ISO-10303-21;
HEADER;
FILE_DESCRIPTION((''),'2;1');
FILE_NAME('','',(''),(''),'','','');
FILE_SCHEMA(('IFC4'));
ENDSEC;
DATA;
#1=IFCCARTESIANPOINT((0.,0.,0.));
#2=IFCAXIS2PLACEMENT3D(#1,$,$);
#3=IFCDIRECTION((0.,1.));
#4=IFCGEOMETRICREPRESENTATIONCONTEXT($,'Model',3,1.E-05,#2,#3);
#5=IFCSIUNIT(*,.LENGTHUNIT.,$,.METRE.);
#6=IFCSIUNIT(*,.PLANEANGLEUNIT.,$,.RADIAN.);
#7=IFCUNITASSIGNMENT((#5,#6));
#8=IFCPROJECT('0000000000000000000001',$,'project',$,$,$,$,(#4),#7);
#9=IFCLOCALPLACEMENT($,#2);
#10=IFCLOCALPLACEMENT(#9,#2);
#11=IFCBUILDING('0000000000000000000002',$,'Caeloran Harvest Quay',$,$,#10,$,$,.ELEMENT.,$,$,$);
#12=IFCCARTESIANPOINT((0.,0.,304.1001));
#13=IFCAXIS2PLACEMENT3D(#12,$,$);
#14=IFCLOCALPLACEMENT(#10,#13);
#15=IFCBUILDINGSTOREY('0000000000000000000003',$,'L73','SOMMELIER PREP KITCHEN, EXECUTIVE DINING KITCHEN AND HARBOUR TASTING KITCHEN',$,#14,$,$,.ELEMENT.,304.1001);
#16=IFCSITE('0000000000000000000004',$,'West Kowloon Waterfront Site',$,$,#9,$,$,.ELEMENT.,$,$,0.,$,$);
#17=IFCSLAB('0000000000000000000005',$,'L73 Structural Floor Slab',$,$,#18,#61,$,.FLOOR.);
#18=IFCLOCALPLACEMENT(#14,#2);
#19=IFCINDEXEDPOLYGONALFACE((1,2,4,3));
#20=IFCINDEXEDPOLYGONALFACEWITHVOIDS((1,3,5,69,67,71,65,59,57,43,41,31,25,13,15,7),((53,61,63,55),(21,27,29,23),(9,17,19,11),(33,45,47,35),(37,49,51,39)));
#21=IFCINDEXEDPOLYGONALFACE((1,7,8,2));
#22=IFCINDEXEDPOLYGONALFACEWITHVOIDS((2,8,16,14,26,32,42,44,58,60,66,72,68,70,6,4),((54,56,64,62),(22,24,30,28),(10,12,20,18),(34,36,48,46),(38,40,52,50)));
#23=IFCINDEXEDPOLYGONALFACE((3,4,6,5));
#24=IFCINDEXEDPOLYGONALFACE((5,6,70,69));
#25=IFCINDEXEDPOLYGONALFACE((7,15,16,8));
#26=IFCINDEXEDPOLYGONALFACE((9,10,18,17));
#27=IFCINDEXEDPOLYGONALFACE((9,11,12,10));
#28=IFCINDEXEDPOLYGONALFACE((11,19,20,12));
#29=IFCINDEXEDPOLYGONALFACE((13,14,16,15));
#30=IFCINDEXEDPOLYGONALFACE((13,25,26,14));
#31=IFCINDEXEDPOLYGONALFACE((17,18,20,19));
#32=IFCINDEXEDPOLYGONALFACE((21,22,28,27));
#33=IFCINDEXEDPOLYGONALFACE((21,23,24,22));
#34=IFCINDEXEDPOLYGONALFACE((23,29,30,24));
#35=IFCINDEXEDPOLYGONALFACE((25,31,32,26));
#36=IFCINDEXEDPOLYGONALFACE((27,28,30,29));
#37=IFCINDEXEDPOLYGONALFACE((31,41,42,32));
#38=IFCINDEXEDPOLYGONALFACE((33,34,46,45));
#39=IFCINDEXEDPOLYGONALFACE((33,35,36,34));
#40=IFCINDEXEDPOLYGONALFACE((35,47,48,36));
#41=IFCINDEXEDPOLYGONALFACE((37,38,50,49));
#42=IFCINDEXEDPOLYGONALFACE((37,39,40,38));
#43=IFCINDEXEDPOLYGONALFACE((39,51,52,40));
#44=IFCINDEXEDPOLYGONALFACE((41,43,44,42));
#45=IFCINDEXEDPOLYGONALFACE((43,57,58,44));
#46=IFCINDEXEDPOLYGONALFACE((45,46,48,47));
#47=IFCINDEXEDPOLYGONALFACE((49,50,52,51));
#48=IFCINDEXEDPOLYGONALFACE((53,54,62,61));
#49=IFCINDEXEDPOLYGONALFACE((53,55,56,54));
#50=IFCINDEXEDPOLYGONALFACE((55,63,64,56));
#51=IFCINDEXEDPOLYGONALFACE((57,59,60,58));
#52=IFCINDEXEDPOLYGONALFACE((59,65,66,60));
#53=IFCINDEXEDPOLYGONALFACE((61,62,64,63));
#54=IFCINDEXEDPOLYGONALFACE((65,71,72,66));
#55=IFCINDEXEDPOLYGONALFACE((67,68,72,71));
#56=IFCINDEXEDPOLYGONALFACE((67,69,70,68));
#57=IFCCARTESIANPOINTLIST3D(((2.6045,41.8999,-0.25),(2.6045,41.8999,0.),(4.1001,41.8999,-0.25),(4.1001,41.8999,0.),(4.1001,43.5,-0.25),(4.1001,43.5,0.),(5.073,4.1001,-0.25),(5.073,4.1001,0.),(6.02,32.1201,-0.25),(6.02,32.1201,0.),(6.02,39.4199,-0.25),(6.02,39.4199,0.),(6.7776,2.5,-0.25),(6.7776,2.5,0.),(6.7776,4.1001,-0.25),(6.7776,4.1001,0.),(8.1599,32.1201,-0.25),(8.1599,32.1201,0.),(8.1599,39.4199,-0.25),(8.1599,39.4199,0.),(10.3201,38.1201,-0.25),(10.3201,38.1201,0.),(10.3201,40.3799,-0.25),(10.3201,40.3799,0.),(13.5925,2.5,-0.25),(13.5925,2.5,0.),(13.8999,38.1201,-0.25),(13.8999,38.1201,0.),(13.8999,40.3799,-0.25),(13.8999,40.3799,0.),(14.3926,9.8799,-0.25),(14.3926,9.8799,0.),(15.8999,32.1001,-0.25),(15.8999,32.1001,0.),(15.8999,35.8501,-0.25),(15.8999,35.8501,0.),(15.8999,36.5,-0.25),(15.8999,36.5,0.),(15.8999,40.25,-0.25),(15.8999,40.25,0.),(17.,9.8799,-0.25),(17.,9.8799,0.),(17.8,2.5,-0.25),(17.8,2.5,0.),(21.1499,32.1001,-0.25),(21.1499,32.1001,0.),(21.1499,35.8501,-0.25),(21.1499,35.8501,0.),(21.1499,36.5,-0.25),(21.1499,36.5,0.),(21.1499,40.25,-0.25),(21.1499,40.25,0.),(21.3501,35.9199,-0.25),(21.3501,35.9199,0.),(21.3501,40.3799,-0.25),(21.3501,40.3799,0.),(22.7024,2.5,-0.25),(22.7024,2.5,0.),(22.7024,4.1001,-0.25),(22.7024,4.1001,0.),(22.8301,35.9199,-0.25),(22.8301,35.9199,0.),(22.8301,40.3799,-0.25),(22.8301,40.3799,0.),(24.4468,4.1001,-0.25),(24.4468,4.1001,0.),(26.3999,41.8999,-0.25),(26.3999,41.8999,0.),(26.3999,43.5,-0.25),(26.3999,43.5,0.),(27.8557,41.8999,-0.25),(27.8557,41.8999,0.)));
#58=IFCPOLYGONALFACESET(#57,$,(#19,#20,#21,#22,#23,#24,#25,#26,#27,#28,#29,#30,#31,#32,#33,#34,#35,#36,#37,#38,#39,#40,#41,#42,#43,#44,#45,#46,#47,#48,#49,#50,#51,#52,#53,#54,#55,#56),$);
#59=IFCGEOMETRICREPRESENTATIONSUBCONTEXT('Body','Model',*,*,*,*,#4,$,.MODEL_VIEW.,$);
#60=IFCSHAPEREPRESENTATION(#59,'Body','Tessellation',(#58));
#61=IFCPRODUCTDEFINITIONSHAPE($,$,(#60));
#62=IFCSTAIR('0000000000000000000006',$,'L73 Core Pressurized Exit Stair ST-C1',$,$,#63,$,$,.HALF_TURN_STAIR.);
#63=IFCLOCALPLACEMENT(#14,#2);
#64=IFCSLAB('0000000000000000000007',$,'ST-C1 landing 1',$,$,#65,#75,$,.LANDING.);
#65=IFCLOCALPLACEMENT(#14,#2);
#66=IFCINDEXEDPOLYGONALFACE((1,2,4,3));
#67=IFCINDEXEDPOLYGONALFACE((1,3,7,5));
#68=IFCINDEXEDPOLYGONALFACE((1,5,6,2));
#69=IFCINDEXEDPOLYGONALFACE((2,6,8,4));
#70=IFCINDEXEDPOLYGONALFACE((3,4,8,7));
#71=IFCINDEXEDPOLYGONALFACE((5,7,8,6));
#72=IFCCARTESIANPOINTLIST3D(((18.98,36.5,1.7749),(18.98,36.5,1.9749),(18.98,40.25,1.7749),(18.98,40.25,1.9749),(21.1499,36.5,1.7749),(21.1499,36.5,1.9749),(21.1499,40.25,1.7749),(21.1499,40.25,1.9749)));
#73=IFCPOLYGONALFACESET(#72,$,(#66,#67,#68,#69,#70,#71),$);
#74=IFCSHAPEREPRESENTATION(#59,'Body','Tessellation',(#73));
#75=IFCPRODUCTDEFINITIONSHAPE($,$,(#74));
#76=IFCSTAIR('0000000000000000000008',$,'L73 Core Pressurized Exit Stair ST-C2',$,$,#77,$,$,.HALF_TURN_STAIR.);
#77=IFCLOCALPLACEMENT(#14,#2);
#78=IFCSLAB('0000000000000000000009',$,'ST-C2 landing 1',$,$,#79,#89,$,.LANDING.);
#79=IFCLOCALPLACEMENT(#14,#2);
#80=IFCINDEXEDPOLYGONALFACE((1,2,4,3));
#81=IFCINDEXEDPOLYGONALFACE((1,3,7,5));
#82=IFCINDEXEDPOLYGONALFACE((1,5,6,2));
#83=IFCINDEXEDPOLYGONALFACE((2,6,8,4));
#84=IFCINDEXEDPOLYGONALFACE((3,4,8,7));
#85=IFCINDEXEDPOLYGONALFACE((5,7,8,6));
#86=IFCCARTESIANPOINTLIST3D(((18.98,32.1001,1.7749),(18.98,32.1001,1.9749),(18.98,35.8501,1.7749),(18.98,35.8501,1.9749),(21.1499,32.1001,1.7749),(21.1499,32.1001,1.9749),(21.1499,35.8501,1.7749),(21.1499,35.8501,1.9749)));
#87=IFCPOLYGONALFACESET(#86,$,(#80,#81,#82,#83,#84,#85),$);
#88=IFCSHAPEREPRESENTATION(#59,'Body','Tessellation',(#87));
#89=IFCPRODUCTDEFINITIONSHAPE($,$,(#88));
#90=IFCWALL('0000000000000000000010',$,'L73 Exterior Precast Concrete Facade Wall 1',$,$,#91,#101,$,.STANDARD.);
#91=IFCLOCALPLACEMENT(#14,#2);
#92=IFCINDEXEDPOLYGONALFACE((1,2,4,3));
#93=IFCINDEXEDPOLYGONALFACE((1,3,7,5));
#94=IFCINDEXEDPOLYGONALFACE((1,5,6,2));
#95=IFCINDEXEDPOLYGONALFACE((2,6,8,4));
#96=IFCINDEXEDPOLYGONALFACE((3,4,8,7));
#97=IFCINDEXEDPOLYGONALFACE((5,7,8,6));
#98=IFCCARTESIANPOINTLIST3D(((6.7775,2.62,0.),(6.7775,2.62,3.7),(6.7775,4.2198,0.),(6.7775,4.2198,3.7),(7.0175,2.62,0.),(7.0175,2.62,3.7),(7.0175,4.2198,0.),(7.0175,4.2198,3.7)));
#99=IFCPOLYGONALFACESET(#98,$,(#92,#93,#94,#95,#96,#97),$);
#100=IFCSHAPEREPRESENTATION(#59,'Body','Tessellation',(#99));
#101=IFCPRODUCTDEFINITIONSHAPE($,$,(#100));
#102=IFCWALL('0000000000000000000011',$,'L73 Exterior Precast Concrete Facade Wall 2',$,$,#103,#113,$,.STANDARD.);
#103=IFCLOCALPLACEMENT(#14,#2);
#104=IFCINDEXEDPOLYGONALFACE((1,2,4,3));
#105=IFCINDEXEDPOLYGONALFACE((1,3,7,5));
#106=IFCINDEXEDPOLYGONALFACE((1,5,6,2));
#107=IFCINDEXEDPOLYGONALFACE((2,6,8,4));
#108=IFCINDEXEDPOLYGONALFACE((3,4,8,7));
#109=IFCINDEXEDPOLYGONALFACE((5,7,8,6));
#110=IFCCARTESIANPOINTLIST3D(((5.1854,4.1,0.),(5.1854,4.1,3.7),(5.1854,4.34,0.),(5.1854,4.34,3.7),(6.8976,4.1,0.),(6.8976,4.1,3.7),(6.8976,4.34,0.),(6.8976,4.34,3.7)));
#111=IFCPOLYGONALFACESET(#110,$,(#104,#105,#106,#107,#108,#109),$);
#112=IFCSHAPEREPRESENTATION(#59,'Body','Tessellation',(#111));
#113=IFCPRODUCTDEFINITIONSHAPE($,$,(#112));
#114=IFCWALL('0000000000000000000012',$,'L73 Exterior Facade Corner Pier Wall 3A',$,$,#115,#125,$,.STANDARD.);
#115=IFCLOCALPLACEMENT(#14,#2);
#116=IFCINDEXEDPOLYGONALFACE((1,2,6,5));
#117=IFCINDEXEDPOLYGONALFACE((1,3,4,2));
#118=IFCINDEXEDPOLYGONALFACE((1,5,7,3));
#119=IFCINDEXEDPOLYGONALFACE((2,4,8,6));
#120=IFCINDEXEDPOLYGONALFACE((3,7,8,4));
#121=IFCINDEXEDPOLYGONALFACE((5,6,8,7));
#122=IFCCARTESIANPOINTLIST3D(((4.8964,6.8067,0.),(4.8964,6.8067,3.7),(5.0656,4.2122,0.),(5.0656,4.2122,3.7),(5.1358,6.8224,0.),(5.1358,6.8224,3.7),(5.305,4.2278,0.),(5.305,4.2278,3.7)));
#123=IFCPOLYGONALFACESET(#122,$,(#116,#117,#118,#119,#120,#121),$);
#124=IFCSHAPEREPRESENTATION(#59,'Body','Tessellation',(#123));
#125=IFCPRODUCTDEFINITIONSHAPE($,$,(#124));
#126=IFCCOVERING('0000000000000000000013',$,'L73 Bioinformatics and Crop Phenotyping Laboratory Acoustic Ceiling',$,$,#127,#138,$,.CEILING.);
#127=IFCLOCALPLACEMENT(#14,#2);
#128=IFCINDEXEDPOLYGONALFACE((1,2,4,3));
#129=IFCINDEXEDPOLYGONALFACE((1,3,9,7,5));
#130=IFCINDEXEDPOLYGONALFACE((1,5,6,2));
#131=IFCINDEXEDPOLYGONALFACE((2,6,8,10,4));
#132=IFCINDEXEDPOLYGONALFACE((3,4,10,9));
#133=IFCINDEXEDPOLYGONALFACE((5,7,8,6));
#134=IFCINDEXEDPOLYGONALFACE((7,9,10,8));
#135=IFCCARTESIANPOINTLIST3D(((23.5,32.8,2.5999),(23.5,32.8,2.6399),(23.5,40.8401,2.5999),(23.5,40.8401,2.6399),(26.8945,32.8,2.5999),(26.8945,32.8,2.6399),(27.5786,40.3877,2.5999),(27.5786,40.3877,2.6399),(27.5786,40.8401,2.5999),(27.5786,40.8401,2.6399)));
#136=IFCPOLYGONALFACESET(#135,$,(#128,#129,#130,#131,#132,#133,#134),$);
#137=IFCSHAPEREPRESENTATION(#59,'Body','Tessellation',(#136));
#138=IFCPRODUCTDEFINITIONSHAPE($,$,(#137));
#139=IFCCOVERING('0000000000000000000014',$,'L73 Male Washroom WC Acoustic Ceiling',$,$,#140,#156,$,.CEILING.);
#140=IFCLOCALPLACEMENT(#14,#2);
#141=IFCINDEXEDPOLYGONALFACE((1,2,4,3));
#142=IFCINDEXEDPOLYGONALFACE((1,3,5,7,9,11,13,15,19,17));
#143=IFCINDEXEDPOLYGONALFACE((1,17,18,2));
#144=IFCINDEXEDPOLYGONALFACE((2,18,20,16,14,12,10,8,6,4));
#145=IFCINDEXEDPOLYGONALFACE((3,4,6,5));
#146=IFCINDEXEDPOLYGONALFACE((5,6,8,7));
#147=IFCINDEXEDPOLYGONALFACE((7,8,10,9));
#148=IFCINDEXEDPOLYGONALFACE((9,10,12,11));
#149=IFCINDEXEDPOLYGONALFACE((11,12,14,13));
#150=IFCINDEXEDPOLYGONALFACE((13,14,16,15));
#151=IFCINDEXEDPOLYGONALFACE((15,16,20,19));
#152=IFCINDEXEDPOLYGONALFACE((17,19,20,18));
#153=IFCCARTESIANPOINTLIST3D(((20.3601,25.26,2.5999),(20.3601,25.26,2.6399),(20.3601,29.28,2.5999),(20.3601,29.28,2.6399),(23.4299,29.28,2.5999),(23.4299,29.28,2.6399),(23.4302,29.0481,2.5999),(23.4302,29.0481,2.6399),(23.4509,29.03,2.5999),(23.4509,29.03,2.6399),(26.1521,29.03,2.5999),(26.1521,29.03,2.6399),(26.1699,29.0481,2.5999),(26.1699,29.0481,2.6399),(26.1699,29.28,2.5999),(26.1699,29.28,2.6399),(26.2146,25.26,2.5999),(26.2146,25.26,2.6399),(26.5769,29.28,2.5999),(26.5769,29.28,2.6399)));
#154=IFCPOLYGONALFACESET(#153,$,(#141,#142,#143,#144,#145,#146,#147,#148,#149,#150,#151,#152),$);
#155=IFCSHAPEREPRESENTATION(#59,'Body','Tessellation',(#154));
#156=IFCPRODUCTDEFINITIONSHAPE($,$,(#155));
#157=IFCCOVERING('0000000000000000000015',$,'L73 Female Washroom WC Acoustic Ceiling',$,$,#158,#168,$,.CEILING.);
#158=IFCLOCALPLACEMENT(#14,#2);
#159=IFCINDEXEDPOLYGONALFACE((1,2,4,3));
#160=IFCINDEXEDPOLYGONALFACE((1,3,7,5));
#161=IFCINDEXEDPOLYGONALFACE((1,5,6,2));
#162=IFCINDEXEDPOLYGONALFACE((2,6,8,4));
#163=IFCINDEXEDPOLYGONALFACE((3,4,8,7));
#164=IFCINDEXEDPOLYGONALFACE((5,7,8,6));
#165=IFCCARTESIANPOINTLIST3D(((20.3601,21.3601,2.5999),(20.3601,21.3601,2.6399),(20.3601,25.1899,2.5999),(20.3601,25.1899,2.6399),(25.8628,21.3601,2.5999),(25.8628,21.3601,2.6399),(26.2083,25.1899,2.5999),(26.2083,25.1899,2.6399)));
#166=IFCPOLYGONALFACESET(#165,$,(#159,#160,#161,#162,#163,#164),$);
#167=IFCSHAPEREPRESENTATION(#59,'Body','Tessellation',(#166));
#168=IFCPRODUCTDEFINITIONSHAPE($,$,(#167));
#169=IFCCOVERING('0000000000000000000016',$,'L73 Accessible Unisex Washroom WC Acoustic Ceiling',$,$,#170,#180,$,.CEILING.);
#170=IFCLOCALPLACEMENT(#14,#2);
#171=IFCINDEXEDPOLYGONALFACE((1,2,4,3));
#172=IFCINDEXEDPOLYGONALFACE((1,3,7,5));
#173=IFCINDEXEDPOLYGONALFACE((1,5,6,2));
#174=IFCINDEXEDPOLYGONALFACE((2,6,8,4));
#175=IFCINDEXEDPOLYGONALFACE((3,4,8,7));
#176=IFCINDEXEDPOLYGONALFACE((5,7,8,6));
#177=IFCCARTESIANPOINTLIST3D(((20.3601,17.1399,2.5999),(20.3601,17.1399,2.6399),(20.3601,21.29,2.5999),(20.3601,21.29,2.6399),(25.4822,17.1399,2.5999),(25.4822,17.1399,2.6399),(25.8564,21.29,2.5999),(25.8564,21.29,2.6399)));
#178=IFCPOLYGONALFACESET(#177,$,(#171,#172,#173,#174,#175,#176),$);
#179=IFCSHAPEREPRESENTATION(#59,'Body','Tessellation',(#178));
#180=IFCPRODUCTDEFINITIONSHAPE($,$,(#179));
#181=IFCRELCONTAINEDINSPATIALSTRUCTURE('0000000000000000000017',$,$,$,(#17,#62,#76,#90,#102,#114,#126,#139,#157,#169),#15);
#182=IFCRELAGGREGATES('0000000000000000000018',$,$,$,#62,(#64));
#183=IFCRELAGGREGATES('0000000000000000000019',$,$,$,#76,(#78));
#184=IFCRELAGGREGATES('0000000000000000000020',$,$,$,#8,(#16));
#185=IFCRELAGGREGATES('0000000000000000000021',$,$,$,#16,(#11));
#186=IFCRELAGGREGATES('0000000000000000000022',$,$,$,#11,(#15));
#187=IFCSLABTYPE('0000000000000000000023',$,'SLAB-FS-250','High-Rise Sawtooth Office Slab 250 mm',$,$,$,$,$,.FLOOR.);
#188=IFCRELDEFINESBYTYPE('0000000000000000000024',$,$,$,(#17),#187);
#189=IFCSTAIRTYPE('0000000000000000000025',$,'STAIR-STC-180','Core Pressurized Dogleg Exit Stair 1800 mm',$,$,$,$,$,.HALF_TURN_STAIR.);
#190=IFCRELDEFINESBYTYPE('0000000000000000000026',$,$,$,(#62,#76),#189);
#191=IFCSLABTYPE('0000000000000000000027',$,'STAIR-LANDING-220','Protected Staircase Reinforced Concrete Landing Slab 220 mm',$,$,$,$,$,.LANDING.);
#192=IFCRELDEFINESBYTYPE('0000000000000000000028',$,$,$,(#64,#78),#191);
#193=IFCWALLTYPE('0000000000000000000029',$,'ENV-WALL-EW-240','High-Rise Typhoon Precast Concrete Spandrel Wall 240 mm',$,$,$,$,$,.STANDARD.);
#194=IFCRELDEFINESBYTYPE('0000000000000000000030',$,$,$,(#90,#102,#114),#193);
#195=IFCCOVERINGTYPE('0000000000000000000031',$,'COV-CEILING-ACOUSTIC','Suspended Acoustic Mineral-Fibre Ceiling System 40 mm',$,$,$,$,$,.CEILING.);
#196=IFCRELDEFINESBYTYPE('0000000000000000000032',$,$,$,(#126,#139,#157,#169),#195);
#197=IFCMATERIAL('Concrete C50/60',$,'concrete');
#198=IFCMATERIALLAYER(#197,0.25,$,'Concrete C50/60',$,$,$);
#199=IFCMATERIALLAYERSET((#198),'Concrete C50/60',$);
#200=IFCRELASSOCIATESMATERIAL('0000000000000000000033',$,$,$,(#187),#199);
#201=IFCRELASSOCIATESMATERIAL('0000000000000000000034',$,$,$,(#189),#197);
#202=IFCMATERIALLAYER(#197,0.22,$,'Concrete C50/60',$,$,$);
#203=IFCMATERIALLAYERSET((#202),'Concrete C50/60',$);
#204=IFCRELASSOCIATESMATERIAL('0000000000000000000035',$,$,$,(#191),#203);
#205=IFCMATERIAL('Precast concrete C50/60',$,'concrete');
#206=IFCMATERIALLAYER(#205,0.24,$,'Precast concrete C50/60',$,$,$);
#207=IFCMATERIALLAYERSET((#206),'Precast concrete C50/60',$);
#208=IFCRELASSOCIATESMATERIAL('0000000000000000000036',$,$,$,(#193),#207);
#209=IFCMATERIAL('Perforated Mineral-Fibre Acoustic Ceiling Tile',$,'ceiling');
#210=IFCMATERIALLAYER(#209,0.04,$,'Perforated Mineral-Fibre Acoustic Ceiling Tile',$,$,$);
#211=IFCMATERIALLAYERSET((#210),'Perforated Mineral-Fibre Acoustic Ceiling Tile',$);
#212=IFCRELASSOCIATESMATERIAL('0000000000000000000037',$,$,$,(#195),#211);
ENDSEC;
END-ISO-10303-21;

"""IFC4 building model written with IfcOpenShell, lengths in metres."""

from ifc_helpers import new_model, si_unit, direction, frame, frame_2d, origin, place, context, subcontext, project, spatial, polyline, rectangle, outline, extrude, material, layer, layer_set, type_object, element, aggregate, save


model = new_model("IFC4")

# Units and contexts
model_context = context("Model", 3, precision=1e-05, world=origin(), true_north=direction((0.0, 1.0)))
body_context = subcontext(model_context, "Body", "Model", "MODEL_VIEW")
ifc_project = project(units=[si_unit("LENGTHUNIT", "METRE"), si_unit("PLANEANGLEUNIT", "RADIAN")], contexts=[model_context])

# Site, building, storey
site_placement = place(None, origin())
site = spatial("IfcSite", under=ifc_project, at=site_placement, Name="West Kowloon Waterfront Site", CompositionType="ELEMENT", RefElevation=0.0)
building_placement = place(site_placement, origin())
building = spatial("IfcBuilding", under=site, at=building_placement, Name="Caeloran Harvest Quay", CompositionType="ELEMENT")
storey_placement = place(building_placement, frame((0.0, 0.0, 304.1001)))
storey = spatial("IfcBuildingStorey", under=building, at=storey_placement, Name="L73", Description="SOMMELIER PREP KITCHEN, EXECUTIVE DINING KITCHEN AND HARBOUR TASTING KITCHEN", CompositionType="ELEMENT", Elevation=304.1001)

# Slab
ifc_material_1 = material(Name="Concrete C50/60", Category="concrete")
ifc_layer_1 = layer(ifc_material_1, 0.25, Name="Concrete C50/60")
ifc_layer_set_1 = layer_set([ifc_layer_1], Name="Concrete C50/60")
slab_type_1 = type_object("IfcSlabType", Name="SLAB-FS-250", Description="High-Rise Sawtooth Office Slab 250 mm", PredefinedType="FLOOR", material=ifc_layer_set_1)
slab_1_placement = place(storey_placement, frame((0.0, 0.0, -0.25)))
element("IfcSlab", 1, at=slab_1_placement, inside=storey, type_object=slab_type_1, Name="L73 Structural Floor Slab", PredefinedType="FLOOR", context=body_context, shape_type="SweptSolid", body=[
    extrude(outline(polyline([(6.7776, 2.5), (13.5925, 2.5), (14.3926, 9.8799), (17.0, 9.8799), (17.8, 2.5), (22.7024, 2.5), (22.7024, 4.1001), (24.4468, 4.1001), (27.8557, 41.8999), (26.3999, 41.8999), (26.3999, 43.5), (4.1001, 43.5), (4.1001, 41.8999), (2.6045, 41.8999), (5.073, 4.1001), (6.7776, 4.1001), (6.7776, 2.5)]), holes=[polyline([(21.1499, 32.1001), (15.8999, 32.1001), (15.8999, 35.8501), (21.1499, 35.8501), (21.1499, 32.1001)]), polyline([(8.1599, 39.4199), (8.1599, 32.1201), (6.02, 32.1201), (6.02, 39.4199), (8.1599, 39.4199)]), polyline([(22.8301, 40.3799), (22.8301, 35.9199), (21.3501, 35.9199), (21.3501, 40.3799), (22.8301, 40.3799)]), polyline([(15.8999, 36.5), (15.8999, 40.25), (21.1499, 40.25), (21.1499, 36.5), (15.8999, 36.5)]), polyline([(13.8999, 38.1201), (10.3201, 38.1201), (10.3201, 40.3799), (13.8999, 40.3799), (13.8999, 38.1201)])]), origin(), (0.0, 0.0, 1.0), 0.25),
])

# Stairs, slabs
stair_type = type_object("IfcStairType", Name="STAIR-STC-180", Description="Core Pressurized Dogleg Exit Stair 1800 mm", PredefinedType="HALF_TURN_STAIR", material=ifc_material_1)
stair_1_placement = place(storey_placement, origin())
stair_1 = element("IfcStair", 2, at=stair_1_placement, inside=storey, type_object=stair_type, Name="L73 Core Pressurized Exit Stair ST-C1", PredefinedType="HALF_TURN_STAIR")
ifc_layer_2 = layer(ifc_material_1, 0.22, Name="Concrete C50/60")
ifc_layer_set_2 = layer_set([ifc_layer_2], Name="Concrete C50/60")
slab_type_2 = type_object("IfcSlabType", Name="STAIR-LANDING-220", Description="Protected Staircase Reinforced Concrete Landing Slab 220 mm", PredefinedType="LANDING", material=ifc_layer_set_2)
slab_2_placement = place(storey_placement, frame((0.0, 0.0, 1.7749)))
slab_2 = element("IfcSlab", 3, at=slab_2_placement, type_object=slab_type_2, Name="ST-C1 landing 1", PredefinedType="LANDING", context=body_context, shape_type="SweptSolid", body=[
    extrude(outline(polyline([(18.98, 36.5), (21.1499, 36.5), (21.1499, 40.25), (18.98, 40.25), (18.98, 36.5)])), origin(), (0.0, 0.0, 1.0), 0.2),
])
aggregate(stair_1, [slab_2])
stair_2_placement = place(storey_placement, origin())
stair_2 = element("IfcStair", 4, at=stair_2_placement, inside=storey, type_object=stair_type, Name="L73 Core Pressurized Exit Stair ST-C2", PredefinedType="HALF_TURN_STAIR")
slab_3_placement = place(storey_placement, frame((0.0, 0.0, 1.7749)))
slab_3 = element("IfcSlab", 5, at=slab_3_placement, type_object=slab_type_2, Name="ST-C2 landing 1", PredefinedType="LANDING", context=body_context, shape_type="SweptSolid", body=[
    extrude(outline(polyline([(18.98, 32.1001), (21.1499, 32.1001), (21.1499, 35.8501), (18.98, 35.8501), (18.98, 32.1001)])), origin(), (0.0, 0.0, 1.0), 0.2),
])
aggregate(stair_2, [slab_3])

# Walls
ifc_material_2 = material(Name="Precast concrete C50/60", Category="concrete")
ifc_layer_3 = layer(ifc_material_2, 0.24, Name="Precast concrete C50/60")
ifc_layer_set_3 = layer_set([ifc_layer_3], Name="Precast concrete C50/60")
wall_type = type_object("IfcWallType", Name="ENV-WALL-EW-240", Description="High-Rise Typhoon Precast Concrete Spandrel Wall 240 mm", PredefinedType="STANDARD", material=ifc_layer_set_3)
wall_1_placement = place(storey_placement, frame((6.8975, 2.6201, 0.0), z_axis=(0.0, 0.0, 1.0), x_axis=(0.0, 1.0, 0.0)))
element("IfcWall", 6, at=wall_1_placement, inside=storey, type_object=wall_type, Name="L73 Exterior Precast Concrete Facade Wall 1", PredefinedType="STANDARD", context=body_context, shape_type="SweptSolid", body=[
    extrude(rectangle(XDim=1.5999, YDim=0.24, at=frame_2d((0.7998, 0.0))), origin(), (0.0, 0.0, 1.0), 3.7),
])
wall_2_placement = place(storey_placement, frame((6.8975, 4.22, 0.0), z_axis=(0.0, 0.0, 1.0), x_axis=(-1.0, 0.0, 0.0)))
element("IfcWall", 7, at=wall_2_placement, inside=storey, type_object=wall_type, Name="L73 Exterior Precast Concrete Facade Wall 2", PredefinedType="STANDARD", context=body_context, shape_type="SweptSolid", body=[
    extrude(rectangle(XDim=1.7122, YDim=0.24, at=frame_2d((0.856, 0.0))), origin(), (0.0, 0.0, 1.0), 3.7),
])
wall_3_placement = place(storey_placement, frame((5.1853, 4.22, 0.0), z_axis=(0.0, 0.0, 1.0), x_axis=(-0.065073, 0.997881, 0.0)))
element("IfcWall", 8, at=wall_3_placement, inside=storey, type_object=wall_type, Name="L73 Exterior Facade Corner Pier Wall 3A", PredefinedType="STANDARD", context=body_context, shape_type="SweptSolid", body=[
    extrude(rectangle(XDim=2.6001, YDim=0.24, at=frame_2d((1.3, 0.0))), origin(), (0.0, 0.0, 1.0), 3.7),
])

# Coverings
ifc_material_3 = material(Name="Perforated Mineral-Fibre Acoustic Ceiling Tile", Category="ceiling")
ifc_layer_4 = layer(ifc_material_3, 0.04, Name="Perforated Mineral-Fibre Acoustic Ceiling Tile")
ifc_layer_set_4 = layer_set([ifc_layer_4], Name="Perforated Mineral-Fibre Acoustic Ceiling Tile")
covering_type_1 = type_object("IfcCoveringType", Name="COV-CEILING-ACOUSTIC", Description="Suspended Acoustic Mineral-Fibre Ceiling System 40 mm", PredefinedType="CEILING", material=ifc_layer_set_4)
covering_1_placement = place(storey_placement, frame((0.0, 0.0, 2.5999)))
element("IfcCovering", 9, at=covering_1_placement, inside=storey, type_object=covering_type_1, Name="L73 Bioinformatics and Crop Phenotyping Laboratory Acoustic Ceiling", PredefinedType="CEILING", context=body_context, shape_type="SweptSolid", body=[
    extrude(outline(polyline([(27.5786, 40.3877), (26.8945, 32.8), (23.5, 32.8), (23.5, 40.8401), (27.5786, 40.8401), (27.5786, 40.3877)])), origin(), (0.0, 0.0, 1.0), 0.04),
])
covering_2_placement = place(storey_placement, frame((0.0, 0.0, 2.5999)))
element("IfcCovering", 10, at=covering_2_placement, inside=storey, type_object=covering_type_1, Name="L73 Male Washroom WC Acoustic Ceiling", PredefinedType="CEILING", context=body_context, shape_type="SweptSolid", body=[
    extrude(outline(polyline([(23.4299, 29.28), (23.4302, 29.0481), (23.4509, 29.03), (26.1521, 29.03), (26.1699, 29.0481), (26.1699, 29.28), (26.5769, 29.28), (26.2146, 25.26), (20.3601, 25.26), (20.3601, 29.28), (23.4299, 29.28)])), origin(), (0.0, 0.0, 1.0), 0.04),
])
covering_3_placement = place(storey_placement, frame((0.0, 0.0, 2.5999)))
element("IfcCovering", 11, at=covering_3_placement, inside=storey, type_object=covering_type_1, Name="L73 Female Washroom WC Acoustic Ceiling", PredefinedType="CEILING", context=body_context, shape_type="SweptSolid", body=[
    extrude(outline(polyline([(26.2083, 25.1899), (25.8628, 21.3601), (20.3601, 21.3601), (20.3601, 25.1899), (26.2083, 25.1899)])), origin(), (0.0, 0.0, 1.0), 0.04),
])
covering_4_placement = place(storey_placement, frame((0.0, 0.0, 2.5999)))
element("IfcCovering", 12, at=covering_4_placement, inside=storey, type_object=covering_type_1, Name="L73 Accessible Unisex Washroom WC Acoustic Ceiling", PredefinedType="CEILING", context=body_context, shape_type="SweptSolid", body=[
    extrude(outline(polyline([(25.8564, 21.29), (25.4822, 17.1399), (20.3601, 17.1399), (20.3601, 21.29), (25.8564, 21.29)])), origin(), (0.0, 0.0, 1.0), 0.04),
])

save(model, "model.ifc")
